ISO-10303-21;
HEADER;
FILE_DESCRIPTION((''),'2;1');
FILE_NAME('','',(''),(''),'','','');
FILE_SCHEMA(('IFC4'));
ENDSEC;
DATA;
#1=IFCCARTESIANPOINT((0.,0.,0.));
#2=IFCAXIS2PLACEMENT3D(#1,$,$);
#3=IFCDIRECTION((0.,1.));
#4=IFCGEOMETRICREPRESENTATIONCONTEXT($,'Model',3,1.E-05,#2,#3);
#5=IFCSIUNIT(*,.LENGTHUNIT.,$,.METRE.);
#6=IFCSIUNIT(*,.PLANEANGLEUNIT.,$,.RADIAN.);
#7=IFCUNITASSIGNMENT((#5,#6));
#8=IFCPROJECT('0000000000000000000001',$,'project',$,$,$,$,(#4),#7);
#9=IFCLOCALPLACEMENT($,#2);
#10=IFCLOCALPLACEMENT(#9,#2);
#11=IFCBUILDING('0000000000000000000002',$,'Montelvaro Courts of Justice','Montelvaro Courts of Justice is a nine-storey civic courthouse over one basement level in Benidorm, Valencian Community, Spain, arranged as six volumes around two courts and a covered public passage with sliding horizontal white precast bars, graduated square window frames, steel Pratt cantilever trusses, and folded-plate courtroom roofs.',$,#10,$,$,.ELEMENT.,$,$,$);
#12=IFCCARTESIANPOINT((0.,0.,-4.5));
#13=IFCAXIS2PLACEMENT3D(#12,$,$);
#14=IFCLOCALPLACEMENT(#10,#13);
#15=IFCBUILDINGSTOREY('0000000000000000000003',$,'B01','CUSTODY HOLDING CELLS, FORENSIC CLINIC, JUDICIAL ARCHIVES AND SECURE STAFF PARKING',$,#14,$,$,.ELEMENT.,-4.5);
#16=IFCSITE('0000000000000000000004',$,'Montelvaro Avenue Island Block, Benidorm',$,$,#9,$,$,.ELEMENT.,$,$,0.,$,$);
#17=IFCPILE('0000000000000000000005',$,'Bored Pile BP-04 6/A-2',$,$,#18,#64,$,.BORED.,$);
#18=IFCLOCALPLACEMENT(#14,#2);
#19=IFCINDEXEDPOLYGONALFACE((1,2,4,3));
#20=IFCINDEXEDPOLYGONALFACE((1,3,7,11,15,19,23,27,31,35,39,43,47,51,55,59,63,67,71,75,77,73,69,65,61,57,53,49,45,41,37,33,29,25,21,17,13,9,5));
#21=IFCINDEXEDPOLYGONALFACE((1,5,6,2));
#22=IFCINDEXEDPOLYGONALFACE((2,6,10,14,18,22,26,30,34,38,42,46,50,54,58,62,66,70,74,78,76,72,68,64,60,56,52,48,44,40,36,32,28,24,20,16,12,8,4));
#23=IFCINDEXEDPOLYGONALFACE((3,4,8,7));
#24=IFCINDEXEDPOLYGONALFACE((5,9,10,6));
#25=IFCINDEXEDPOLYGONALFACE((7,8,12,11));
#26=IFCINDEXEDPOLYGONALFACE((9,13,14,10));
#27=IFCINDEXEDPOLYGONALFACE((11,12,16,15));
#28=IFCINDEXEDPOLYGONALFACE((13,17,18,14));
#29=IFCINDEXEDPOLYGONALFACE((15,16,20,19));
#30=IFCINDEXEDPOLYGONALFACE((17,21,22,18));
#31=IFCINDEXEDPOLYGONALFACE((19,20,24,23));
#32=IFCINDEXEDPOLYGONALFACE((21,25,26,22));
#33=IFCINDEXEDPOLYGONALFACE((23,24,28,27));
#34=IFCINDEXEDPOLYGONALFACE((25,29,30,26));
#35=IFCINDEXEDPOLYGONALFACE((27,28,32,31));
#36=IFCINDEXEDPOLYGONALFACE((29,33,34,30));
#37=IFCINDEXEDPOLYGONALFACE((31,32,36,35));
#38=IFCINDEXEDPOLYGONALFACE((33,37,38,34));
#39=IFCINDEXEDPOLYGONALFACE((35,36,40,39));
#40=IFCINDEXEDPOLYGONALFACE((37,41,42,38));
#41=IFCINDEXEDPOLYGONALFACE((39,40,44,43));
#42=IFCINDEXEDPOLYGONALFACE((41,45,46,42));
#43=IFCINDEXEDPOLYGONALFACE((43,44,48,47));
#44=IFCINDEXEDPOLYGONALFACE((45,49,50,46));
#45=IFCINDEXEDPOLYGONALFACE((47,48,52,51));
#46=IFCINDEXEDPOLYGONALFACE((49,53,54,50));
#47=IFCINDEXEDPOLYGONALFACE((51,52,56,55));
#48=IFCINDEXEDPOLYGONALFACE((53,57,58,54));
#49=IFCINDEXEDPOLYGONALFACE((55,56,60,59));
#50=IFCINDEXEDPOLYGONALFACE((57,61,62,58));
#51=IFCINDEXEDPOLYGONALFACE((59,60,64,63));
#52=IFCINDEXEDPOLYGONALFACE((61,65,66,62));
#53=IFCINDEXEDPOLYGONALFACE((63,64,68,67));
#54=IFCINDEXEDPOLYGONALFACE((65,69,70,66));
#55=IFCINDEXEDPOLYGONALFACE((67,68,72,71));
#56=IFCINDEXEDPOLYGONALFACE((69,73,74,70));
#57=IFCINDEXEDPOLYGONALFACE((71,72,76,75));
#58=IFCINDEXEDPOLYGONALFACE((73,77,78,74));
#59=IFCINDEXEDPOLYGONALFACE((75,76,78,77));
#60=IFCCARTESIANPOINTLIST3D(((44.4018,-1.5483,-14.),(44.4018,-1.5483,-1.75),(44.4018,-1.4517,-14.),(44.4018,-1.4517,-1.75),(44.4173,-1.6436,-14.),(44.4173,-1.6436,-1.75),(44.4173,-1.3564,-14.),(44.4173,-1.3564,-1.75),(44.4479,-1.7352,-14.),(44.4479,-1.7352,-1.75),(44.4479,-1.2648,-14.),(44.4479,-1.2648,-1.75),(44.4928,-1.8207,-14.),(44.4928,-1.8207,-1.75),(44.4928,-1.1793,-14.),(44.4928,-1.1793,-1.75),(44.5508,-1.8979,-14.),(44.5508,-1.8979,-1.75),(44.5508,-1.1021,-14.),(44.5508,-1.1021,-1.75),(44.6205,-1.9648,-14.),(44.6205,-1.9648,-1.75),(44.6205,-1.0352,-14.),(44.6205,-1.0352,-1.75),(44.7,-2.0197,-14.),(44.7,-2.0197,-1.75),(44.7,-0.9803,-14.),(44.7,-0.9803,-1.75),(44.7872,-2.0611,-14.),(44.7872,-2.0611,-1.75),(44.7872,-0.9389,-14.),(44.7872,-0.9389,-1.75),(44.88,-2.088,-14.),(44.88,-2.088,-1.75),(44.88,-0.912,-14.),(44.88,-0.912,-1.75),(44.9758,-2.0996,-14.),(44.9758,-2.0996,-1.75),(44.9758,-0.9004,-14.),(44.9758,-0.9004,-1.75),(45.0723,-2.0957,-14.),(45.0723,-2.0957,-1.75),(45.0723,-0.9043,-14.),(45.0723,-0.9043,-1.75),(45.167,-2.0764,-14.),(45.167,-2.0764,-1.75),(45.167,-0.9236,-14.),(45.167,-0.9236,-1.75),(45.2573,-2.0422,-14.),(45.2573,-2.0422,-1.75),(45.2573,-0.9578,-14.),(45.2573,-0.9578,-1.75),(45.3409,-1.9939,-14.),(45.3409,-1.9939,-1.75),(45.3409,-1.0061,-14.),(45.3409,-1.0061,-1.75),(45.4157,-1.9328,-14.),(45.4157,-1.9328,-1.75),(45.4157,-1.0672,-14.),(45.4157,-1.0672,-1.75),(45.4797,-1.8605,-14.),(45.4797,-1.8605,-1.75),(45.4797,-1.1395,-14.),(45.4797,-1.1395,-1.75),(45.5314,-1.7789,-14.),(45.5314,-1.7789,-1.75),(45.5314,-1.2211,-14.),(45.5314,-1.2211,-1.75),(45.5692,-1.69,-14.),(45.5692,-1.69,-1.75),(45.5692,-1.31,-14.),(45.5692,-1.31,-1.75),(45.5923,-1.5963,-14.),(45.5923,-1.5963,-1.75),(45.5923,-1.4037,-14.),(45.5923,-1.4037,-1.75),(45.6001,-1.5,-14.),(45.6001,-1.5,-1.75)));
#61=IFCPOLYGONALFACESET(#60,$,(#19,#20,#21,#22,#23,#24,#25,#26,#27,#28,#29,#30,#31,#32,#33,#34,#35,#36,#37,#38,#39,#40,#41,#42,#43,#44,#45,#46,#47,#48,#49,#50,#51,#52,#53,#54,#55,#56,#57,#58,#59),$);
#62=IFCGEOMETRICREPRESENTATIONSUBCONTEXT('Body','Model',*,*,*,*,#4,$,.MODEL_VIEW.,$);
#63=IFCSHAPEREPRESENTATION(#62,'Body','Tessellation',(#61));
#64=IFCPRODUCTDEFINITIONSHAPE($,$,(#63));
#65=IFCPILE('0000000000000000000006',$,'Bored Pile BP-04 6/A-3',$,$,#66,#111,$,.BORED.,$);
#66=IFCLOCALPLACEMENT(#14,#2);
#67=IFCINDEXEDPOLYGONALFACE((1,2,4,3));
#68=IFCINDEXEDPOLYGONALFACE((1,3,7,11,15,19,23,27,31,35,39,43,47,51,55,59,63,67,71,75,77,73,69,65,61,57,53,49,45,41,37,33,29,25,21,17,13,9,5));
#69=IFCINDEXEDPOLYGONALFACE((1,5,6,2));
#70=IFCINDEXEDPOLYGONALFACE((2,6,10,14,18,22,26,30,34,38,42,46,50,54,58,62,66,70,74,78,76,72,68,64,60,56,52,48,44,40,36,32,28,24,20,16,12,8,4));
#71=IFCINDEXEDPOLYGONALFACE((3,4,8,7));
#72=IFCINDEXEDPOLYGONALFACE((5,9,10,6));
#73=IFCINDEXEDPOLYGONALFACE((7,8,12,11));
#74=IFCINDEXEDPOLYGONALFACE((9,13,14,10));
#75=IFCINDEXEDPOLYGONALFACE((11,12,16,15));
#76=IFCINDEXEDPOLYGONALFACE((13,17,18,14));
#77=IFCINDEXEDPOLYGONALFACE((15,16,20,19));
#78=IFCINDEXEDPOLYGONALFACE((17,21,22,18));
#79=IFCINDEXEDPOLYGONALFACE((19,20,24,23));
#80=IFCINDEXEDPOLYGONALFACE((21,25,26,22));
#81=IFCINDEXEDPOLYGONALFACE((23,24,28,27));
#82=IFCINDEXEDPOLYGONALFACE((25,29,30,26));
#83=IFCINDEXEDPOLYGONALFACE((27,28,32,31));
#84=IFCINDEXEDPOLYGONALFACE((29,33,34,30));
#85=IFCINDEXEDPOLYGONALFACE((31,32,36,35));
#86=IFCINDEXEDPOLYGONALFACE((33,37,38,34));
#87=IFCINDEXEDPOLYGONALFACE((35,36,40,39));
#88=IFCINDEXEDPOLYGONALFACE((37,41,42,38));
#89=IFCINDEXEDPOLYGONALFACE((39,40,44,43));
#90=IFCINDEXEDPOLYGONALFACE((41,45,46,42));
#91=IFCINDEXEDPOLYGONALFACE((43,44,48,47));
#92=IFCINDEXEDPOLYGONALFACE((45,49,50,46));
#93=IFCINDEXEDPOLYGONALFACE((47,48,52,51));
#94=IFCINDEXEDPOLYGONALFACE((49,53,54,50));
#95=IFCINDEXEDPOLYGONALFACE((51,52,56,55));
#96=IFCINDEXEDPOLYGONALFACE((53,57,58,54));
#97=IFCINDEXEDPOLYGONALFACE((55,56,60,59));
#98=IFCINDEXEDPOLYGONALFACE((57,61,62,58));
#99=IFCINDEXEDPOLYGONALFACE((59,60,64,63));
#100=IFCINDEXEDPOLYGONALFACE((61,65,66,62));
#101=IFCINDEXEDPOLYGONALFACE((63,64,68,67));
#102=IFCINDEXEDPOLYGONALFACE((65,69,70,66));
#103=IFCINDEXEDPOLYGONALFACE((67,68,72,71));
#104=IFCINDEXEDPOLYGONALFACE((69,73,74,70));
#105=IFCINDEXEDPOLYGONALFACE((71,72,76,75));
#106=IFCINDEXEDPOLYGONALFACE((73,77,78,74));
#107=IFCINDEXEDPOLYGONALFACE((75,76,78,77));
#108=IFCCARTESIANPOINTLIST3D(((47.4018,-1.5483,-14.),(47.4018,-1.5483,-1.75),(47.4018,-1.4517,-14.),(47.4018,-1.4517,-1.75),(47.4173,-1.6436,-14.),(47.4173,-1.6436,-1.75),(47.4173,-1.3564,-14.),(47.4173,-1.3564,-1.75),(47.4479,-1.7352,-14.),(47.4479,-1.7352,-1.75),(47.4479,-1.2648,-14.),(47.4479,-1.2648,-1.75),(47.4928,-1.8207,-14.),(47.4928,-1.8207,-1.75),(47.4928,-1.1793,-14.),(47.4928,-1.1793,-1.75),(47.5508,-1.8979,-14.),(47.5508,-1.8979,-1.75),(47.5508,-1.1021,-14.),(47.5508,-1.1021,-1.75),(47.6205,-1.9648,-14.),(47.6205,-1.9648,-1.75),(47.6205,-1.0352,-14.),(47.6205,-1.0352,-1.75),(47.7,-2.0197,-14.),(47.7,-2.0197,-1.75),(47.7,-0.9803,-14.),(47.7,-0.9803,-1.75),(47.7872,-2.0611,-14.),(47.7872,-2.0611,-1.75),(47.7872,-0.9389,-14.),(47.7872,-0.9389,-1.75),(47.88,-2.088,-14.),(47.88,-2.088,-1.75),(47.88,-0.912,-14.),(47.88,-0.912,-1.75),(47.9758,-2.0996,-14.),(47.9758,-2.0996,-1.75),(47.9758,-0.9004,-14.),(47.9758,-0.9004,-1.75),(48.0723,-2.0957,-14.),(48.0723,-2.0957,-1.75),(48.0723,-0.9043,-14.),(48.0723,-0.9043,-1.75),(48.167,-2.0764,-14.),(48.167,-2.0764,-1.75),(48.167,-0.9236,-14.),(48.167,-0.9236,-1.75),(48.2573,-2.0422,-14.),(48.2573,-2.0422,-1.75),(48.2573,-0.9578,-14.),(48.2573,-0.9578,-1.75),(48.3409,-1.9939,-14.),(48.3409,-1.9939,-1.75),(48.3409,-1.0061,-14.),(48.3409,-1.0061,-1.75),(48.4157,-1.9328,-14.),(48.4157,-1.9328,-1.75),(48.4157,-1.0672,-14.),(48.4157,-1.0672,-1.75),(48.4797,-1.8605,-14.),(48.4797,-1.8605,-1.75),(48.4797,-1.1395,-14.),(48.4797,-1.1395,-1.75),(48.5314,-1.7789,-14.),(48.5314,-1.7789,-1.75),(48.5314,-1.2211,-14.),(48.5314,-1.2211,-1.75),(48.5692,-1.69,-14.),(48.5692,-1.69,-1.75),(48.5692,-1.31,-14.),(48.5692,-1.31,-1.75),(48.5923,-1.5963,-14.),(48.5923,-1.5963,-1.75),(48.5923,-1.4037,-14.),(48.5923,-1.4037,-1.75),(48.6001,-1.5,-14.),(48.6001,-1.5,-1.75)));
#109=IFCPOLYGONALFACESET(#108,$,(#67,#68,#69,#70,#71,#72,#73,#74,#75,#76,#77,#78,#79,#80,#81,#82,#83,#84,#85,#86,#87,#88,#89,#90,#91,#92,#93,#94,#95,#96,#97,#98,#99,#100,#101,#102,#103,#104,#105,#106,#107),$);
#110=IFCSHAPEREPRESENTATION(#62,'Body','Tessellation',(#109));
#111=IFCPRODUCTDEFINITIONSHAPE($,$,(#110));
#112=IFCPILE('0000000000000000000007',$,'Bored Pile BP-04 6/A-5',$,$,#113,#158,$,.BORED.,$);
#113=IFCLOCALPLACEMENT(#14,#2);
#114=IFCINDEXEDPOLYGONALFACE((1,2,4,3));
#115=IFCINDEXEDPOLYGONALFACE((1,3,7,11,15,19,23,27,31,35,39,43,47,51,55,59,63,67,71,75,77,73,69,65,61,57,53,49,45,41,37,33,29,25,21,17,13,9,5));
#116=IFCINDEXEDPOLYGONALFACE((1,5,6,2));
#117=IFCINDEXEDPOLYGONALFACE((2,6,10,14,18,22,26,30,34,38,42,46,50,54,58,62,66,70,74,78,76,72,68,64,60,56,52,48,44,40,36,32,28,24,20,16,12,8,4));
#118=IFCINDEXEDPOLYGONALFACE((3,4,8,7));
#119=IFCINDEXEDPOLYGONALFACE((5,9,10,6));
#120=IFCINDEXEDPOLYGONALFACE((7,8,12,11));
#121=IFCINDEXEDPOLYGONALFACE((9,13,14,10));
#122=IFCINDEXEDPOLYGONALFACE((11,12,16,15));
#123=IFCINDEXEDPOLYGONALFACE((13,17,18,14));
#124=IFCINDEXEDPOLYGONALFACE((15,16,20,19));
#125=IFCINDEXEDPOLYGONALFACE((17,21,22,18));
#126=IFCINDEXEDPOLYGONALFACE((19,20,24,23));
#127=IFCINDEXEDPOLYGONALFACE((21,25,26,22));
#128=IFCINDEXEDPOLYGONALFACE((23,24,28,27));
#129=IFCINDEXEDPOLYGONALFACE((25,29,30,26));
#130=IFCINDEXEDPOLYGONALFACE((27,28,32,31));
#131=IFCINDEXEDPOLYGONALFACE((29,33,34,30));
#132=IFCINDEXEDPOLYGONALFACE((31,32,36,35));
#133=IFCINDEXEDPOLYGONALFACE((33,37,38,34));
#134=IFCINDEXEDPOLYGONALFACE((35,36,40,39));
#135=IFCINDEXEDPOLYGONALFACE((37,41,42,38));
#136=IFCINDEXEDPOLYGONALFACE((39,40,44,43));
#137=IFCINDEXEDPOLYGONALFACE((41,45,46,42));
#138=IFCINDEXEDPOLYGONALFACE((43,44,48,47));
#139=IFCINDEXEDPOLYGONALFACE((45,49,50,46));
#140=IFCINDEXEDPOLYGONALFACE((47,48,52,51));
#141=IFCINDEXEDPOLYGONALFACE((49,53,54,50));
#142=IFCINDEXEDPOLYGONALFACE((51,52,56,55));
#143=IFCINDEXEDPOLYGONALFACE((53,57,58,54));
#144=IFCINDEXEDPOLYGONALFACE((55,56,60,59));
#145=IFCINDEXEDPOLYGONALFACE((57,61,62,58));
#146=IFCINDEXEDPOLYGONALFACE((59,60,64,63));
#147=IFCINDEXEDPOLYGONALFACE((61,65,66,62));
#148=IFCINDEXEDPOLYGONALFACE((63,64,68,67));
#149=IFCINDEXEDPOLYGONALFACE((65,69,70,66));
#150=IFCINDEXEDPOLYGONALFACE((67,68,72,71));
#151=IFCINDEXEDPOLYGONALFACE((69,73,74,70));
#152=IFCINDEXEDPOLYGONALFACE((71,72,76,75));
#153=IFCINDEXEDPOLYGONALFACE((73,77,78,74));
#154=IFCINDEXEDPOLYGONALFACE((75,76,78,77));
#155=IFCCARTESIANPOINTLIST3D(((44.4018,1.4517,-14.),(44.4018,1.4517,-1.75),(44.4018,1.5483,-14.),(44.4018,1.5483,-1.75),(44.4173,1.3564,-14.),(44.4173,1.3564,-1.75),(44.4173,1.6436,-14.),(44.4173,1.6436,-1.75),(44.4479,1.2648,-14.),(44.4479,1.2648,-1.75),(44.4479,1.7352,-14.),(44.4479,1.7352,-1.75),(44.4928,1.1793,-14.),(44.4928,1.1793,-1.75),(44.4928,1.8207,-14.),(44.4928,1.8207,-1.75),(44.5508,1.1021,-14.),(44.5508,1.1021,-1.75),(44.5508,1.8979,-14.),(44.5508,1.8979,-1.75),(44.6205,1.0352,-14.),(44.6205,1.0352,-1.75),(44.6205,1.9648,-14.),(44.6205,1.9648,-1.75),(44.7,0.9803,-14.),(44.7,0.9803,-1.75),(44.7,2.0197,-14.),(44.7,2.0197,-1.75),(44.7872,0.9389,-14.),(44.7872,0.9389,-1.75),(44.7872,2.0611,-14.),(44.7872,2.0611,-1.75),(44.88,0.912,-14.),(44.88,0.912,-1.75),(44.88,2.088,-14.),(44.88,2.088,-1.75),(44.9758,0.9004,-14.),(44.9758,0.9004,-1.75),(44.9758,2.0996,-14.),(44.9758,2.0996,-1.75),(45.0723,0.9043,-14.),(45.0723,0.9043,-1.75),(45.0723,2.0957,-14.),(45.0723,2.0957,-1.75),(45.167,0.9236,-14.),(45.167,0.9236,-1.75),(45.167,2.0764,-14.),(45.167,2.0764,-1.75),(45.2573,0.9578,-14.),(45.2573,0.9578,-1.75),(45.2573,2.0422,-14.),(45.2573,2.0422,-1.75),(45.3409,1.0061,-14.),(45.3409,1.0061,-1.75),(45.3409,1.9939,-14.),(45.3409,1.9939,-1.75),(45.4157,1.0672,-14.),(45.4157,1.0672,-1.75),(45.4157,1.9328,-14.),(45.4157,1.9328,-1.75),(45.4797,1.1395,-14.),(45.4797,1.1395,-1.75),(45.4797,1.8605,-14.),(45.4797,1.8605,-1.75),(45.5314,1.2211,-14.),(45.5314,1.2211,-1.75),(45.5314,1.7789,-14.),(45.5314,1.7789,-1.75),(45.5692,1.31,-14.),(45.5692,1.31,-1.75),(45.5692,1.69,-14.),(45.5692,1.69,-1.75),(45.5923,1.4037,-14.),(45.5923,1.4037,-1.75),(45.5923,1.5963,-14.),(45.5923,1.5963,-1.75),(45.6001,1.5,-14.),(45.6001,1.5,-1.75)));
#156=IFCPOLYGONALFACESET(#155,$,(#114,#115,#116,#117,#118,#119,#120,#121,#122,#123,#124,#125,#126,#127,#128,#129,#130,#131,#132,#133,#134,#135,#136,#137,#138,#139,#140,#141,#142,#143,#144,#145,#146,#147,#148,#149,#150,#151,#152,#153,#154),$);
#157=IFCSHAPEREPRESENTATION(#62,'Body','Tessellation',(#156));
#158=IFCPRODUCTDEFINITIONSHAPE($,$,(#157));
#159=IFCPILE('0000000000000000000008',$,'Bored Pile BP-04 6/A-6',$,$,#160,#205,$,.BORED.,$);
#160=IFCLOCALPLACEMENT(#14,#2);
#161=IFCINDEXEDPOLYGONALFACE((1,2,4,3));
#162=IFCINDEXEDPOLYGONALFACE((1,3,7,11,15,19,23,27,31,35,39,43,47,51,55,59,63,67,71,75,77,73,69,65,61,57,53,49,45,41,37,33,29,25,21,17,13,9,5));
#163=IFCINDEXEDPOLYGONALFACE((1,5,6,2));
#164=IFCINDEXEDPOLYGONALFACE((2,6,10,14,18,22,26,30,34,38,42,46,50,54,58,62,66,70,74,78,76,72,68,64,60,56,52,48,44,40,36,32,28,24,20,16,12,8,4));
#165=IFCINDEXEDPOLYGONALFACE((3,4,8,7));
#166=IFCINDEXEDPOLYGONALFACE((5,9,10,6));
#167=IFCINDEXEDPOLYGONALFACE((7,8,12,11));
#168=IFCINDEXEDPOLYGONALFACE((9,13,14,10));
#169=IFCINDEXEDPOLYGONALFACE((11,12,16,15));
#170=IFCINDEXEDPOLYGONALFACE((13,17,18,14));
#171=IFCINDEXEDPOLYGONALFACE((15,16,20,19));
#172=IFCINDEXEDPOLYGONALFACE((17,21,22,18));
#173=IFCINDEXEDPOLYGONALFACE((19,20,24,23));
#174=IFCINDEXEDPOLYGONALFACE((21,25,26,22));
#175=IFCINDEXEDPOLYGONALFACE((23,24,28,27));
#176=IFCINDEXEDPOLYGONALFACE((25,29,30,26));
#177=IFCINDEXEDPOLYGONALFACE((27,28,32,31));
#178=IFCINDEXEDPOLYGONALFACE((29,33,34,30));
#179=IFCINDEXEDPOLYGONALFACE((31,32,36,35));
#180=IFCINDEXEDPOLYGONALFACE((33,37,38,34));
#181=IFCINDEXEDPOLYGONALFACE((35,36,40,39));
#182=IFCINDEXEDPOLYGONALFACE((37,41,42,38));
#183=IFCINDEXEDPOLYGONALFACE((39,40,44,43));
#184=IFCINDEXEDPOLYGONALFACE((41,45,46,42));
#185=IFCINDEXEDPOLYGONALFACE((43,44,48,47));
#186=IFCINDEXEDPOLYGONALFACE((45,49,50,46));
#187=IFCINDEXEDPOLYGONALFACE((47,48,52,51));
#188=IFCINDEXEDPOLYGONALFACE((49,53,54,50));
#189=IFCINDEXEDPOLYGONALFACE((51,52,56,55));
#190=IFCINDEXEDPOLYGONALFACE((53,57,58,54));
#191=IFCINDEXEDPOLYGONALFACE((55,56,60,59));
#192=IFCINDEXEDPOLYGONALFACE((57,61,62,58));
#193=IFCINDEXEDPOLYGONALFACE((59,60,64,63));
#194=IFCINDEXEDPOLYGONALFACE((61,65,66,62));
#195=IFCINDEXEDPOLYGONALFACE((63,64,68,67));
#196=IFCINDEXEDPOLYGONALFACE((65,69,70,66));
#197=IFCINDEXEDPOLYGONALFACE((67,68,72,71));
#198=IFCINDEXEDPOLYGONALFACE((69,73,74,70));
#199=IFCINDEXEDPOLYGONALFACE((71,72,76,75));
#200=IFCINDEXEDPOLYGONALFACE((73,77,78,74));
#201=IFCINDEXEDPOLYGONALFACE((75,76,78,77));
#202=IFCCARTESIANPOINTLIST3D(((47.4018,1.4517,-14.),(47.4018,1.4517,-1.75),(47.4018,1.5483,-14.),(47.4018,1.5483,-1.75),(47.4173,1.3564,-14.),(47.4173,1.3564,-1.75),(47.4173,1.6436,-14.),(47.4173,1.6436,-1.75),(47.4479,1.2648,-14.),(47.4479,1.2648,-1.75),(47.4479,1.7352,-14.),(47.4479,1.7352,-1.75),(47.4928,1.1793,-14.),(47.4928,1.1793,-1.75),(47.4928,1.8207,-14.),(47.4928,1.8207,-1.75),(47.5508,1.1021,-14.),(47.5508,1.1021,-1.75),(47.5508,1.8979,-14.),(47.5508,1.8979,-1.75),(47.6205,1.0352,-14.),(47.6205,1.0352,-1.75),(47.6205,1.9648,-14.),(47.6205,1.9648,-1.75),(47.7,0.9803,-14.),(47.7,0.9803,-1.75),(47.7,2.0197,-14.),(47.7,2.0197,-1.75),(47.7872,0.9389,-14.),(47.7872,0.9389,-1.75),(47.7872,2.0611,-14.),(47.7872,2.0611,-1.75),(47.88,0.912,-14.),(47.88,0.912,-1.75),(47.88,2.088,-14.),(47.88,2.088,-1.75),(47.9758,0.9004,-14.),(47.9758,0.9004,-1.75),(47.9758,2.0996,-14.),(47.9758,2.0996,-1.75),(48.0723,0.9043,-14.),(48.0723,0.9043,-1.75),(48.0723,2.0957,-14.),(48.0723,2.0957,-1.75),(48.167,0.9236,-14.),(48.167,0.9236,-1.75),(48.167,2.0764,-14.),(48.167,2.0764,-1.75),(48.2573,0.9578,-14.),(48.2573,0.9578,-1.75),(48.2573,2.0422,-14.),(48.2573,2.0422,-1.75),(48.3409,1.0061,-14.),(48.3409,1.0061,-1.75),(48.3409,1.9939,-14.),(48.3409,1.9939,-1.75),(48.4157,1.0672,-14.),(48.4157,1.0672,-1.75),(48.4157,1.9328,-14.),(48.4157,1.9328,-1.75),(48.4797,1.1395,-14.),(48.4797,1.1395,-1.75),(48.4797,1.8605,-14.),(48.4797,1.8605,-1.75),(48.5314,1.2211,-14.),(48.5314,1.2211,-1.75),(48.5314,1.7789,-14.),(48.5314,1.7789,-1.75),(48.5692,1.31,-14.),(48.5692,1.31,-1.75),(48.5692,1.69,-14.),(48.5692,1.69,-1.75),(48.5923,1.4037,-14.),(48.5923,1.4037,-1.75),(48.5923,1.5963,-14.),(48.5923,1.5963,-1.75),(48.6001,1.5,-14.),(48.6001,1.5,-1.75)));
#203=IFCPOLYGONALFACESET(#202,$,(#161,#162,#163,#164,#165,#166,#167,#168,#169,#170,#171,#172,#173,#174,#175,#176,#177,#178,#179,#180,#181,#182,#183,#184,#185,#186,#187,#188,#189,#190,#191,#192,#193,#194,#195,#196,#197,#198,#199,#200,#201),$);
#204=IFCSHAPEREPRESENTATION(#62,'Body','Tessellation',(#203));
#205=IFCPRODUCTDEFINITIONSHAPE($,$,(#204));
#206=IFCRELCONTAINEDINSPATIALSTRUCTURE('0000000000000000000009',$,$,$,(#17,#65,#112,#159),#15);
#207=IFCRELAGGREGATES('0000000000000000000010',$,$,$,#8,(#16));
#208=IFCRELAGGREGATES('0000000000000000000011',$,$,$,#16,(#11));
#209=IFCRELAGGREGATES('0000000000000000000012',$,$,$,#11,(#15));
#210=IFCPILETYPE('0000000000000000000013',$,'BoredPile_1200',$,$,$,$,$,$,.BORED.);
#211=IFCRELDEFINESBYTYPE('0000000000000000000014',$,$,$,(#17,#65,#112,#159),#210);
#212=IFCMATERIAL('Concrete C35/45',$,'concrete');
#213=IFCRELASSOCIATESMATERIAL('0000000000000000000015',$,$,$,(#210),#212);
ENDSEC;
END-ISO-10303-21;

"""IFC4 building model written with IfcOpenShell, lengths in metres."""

from ifc_helpers import new_model, si_unit, direction, frame, origin, origin_2d, place, context, subcontext, project, spatial, circle, extrude, material, material_profile, profile_set, type_object, element, save


model = new_model("IFC4")

# Units and contexts
model_context = context("Model", 3, precision=1e-05, world=origin(), true_north=direction((0.0, 1.0)))
body_context = subcontext(model_context, "Body", "Model", "MODEL_VIEW")
ifc_project = project(units=[si_unit("LENGTHUNIT", "METRE"), si_unit("PLANEANGLEUNIT", "RADIAN")], contexts=[model_context])

# Site, building, storey
site_placement = place(None, origin())
site = spatial("IfcSite", under=ifc_project, at=site_placement, Name="Montelvaro Avenue Island Block, Benidorm", CompositionType="ELEMENT", RefElevation=0.0)
building_placement = place(site_placement, origin())
building = spatial("IfcBuilding", under=site, at=building_placement, Name="Montelvaro Courts of Justice", Description="Montelvaro Courts of Justice is a nine-storey civic courthouse over one basement level in Benidorm, Valencian Community, Spain, arranged as six volumes around two courts and a covered public passage with sliding horizontal white precast bars, graduated square window frames, steel Pratt cantilever trusses, and folded-plate courtroom roofs.", CompositionType="ELEMENT")
storey_placement = place(building_placement, frame((0.0, 0.0, -4.5)))
storey = spatial("IfcBuildingStorey", under=building, at=storey_placement, Name="B01", Description="CUSTODY HOLDING CELLS, FORENSIC CLINIC, JUDICIAL ARCHIVES AND SECURE STAFF PARKING", CompositionType="ELEMENT", Elevation=-4.5)

# Piles
ifc_material_1 = material(Name="Concrete C35/45", Category="concrete")
ifc_material_profile_1 = material_profile(ifc_material_1, circle(Radius=0.6001, at=origin_2d()), Name="BORED PILE D1200")
ifc_profile_set_1 = profile_set([ifc_material_profile_1], Name="Concrete C35/45")
pile_type_1 = type_object("IfcPileType", Name="BoredPile_1200", PredefinedType="BORED", material=ifc_profile_set_1)
for number, where, z_axis, x_axis, name in (
    (1, (45.0, -1.5, -1.75), (0.0, 0.0, -1.0), (1.0, 0.0, 0.0), "Bored Pile BP-04 6/A-2"),
    (2, (48.0, -1.5, -1.75), (0.0, 0.0, -1.0), (1.0, 0.0, 0.0), "Bored Pile BP-04 6/A-3"),
    (3, (45.0, 1.5, -1.75), (0.0, 0.0, -1.0), (1.0, 0.0, 0.0), "Bored Pile BP-04 6/A-5"),
    (4, (48.0, 1.5, -1.75), (0.0, 0.0, -1.0), (1.0, 0.0, 0.0), "Bored Pile BP-04 6/A-6"),
):
    element("IfcPile", number, at=place(storey_placement, frame(where, z_axis=z_axis, x_axis=x_axis)), inside=storey, type_object=pile_type_1, Name=name, PredefinedType="BORED", context=body_context, shape_type="SweptSolid", body=[
        extrude(circle(Radius=0.6001, at=origin_2d()), origin(), (0.0, 0.0, 1.0), 12.25),
    ])

save(model, "model.ifc")
